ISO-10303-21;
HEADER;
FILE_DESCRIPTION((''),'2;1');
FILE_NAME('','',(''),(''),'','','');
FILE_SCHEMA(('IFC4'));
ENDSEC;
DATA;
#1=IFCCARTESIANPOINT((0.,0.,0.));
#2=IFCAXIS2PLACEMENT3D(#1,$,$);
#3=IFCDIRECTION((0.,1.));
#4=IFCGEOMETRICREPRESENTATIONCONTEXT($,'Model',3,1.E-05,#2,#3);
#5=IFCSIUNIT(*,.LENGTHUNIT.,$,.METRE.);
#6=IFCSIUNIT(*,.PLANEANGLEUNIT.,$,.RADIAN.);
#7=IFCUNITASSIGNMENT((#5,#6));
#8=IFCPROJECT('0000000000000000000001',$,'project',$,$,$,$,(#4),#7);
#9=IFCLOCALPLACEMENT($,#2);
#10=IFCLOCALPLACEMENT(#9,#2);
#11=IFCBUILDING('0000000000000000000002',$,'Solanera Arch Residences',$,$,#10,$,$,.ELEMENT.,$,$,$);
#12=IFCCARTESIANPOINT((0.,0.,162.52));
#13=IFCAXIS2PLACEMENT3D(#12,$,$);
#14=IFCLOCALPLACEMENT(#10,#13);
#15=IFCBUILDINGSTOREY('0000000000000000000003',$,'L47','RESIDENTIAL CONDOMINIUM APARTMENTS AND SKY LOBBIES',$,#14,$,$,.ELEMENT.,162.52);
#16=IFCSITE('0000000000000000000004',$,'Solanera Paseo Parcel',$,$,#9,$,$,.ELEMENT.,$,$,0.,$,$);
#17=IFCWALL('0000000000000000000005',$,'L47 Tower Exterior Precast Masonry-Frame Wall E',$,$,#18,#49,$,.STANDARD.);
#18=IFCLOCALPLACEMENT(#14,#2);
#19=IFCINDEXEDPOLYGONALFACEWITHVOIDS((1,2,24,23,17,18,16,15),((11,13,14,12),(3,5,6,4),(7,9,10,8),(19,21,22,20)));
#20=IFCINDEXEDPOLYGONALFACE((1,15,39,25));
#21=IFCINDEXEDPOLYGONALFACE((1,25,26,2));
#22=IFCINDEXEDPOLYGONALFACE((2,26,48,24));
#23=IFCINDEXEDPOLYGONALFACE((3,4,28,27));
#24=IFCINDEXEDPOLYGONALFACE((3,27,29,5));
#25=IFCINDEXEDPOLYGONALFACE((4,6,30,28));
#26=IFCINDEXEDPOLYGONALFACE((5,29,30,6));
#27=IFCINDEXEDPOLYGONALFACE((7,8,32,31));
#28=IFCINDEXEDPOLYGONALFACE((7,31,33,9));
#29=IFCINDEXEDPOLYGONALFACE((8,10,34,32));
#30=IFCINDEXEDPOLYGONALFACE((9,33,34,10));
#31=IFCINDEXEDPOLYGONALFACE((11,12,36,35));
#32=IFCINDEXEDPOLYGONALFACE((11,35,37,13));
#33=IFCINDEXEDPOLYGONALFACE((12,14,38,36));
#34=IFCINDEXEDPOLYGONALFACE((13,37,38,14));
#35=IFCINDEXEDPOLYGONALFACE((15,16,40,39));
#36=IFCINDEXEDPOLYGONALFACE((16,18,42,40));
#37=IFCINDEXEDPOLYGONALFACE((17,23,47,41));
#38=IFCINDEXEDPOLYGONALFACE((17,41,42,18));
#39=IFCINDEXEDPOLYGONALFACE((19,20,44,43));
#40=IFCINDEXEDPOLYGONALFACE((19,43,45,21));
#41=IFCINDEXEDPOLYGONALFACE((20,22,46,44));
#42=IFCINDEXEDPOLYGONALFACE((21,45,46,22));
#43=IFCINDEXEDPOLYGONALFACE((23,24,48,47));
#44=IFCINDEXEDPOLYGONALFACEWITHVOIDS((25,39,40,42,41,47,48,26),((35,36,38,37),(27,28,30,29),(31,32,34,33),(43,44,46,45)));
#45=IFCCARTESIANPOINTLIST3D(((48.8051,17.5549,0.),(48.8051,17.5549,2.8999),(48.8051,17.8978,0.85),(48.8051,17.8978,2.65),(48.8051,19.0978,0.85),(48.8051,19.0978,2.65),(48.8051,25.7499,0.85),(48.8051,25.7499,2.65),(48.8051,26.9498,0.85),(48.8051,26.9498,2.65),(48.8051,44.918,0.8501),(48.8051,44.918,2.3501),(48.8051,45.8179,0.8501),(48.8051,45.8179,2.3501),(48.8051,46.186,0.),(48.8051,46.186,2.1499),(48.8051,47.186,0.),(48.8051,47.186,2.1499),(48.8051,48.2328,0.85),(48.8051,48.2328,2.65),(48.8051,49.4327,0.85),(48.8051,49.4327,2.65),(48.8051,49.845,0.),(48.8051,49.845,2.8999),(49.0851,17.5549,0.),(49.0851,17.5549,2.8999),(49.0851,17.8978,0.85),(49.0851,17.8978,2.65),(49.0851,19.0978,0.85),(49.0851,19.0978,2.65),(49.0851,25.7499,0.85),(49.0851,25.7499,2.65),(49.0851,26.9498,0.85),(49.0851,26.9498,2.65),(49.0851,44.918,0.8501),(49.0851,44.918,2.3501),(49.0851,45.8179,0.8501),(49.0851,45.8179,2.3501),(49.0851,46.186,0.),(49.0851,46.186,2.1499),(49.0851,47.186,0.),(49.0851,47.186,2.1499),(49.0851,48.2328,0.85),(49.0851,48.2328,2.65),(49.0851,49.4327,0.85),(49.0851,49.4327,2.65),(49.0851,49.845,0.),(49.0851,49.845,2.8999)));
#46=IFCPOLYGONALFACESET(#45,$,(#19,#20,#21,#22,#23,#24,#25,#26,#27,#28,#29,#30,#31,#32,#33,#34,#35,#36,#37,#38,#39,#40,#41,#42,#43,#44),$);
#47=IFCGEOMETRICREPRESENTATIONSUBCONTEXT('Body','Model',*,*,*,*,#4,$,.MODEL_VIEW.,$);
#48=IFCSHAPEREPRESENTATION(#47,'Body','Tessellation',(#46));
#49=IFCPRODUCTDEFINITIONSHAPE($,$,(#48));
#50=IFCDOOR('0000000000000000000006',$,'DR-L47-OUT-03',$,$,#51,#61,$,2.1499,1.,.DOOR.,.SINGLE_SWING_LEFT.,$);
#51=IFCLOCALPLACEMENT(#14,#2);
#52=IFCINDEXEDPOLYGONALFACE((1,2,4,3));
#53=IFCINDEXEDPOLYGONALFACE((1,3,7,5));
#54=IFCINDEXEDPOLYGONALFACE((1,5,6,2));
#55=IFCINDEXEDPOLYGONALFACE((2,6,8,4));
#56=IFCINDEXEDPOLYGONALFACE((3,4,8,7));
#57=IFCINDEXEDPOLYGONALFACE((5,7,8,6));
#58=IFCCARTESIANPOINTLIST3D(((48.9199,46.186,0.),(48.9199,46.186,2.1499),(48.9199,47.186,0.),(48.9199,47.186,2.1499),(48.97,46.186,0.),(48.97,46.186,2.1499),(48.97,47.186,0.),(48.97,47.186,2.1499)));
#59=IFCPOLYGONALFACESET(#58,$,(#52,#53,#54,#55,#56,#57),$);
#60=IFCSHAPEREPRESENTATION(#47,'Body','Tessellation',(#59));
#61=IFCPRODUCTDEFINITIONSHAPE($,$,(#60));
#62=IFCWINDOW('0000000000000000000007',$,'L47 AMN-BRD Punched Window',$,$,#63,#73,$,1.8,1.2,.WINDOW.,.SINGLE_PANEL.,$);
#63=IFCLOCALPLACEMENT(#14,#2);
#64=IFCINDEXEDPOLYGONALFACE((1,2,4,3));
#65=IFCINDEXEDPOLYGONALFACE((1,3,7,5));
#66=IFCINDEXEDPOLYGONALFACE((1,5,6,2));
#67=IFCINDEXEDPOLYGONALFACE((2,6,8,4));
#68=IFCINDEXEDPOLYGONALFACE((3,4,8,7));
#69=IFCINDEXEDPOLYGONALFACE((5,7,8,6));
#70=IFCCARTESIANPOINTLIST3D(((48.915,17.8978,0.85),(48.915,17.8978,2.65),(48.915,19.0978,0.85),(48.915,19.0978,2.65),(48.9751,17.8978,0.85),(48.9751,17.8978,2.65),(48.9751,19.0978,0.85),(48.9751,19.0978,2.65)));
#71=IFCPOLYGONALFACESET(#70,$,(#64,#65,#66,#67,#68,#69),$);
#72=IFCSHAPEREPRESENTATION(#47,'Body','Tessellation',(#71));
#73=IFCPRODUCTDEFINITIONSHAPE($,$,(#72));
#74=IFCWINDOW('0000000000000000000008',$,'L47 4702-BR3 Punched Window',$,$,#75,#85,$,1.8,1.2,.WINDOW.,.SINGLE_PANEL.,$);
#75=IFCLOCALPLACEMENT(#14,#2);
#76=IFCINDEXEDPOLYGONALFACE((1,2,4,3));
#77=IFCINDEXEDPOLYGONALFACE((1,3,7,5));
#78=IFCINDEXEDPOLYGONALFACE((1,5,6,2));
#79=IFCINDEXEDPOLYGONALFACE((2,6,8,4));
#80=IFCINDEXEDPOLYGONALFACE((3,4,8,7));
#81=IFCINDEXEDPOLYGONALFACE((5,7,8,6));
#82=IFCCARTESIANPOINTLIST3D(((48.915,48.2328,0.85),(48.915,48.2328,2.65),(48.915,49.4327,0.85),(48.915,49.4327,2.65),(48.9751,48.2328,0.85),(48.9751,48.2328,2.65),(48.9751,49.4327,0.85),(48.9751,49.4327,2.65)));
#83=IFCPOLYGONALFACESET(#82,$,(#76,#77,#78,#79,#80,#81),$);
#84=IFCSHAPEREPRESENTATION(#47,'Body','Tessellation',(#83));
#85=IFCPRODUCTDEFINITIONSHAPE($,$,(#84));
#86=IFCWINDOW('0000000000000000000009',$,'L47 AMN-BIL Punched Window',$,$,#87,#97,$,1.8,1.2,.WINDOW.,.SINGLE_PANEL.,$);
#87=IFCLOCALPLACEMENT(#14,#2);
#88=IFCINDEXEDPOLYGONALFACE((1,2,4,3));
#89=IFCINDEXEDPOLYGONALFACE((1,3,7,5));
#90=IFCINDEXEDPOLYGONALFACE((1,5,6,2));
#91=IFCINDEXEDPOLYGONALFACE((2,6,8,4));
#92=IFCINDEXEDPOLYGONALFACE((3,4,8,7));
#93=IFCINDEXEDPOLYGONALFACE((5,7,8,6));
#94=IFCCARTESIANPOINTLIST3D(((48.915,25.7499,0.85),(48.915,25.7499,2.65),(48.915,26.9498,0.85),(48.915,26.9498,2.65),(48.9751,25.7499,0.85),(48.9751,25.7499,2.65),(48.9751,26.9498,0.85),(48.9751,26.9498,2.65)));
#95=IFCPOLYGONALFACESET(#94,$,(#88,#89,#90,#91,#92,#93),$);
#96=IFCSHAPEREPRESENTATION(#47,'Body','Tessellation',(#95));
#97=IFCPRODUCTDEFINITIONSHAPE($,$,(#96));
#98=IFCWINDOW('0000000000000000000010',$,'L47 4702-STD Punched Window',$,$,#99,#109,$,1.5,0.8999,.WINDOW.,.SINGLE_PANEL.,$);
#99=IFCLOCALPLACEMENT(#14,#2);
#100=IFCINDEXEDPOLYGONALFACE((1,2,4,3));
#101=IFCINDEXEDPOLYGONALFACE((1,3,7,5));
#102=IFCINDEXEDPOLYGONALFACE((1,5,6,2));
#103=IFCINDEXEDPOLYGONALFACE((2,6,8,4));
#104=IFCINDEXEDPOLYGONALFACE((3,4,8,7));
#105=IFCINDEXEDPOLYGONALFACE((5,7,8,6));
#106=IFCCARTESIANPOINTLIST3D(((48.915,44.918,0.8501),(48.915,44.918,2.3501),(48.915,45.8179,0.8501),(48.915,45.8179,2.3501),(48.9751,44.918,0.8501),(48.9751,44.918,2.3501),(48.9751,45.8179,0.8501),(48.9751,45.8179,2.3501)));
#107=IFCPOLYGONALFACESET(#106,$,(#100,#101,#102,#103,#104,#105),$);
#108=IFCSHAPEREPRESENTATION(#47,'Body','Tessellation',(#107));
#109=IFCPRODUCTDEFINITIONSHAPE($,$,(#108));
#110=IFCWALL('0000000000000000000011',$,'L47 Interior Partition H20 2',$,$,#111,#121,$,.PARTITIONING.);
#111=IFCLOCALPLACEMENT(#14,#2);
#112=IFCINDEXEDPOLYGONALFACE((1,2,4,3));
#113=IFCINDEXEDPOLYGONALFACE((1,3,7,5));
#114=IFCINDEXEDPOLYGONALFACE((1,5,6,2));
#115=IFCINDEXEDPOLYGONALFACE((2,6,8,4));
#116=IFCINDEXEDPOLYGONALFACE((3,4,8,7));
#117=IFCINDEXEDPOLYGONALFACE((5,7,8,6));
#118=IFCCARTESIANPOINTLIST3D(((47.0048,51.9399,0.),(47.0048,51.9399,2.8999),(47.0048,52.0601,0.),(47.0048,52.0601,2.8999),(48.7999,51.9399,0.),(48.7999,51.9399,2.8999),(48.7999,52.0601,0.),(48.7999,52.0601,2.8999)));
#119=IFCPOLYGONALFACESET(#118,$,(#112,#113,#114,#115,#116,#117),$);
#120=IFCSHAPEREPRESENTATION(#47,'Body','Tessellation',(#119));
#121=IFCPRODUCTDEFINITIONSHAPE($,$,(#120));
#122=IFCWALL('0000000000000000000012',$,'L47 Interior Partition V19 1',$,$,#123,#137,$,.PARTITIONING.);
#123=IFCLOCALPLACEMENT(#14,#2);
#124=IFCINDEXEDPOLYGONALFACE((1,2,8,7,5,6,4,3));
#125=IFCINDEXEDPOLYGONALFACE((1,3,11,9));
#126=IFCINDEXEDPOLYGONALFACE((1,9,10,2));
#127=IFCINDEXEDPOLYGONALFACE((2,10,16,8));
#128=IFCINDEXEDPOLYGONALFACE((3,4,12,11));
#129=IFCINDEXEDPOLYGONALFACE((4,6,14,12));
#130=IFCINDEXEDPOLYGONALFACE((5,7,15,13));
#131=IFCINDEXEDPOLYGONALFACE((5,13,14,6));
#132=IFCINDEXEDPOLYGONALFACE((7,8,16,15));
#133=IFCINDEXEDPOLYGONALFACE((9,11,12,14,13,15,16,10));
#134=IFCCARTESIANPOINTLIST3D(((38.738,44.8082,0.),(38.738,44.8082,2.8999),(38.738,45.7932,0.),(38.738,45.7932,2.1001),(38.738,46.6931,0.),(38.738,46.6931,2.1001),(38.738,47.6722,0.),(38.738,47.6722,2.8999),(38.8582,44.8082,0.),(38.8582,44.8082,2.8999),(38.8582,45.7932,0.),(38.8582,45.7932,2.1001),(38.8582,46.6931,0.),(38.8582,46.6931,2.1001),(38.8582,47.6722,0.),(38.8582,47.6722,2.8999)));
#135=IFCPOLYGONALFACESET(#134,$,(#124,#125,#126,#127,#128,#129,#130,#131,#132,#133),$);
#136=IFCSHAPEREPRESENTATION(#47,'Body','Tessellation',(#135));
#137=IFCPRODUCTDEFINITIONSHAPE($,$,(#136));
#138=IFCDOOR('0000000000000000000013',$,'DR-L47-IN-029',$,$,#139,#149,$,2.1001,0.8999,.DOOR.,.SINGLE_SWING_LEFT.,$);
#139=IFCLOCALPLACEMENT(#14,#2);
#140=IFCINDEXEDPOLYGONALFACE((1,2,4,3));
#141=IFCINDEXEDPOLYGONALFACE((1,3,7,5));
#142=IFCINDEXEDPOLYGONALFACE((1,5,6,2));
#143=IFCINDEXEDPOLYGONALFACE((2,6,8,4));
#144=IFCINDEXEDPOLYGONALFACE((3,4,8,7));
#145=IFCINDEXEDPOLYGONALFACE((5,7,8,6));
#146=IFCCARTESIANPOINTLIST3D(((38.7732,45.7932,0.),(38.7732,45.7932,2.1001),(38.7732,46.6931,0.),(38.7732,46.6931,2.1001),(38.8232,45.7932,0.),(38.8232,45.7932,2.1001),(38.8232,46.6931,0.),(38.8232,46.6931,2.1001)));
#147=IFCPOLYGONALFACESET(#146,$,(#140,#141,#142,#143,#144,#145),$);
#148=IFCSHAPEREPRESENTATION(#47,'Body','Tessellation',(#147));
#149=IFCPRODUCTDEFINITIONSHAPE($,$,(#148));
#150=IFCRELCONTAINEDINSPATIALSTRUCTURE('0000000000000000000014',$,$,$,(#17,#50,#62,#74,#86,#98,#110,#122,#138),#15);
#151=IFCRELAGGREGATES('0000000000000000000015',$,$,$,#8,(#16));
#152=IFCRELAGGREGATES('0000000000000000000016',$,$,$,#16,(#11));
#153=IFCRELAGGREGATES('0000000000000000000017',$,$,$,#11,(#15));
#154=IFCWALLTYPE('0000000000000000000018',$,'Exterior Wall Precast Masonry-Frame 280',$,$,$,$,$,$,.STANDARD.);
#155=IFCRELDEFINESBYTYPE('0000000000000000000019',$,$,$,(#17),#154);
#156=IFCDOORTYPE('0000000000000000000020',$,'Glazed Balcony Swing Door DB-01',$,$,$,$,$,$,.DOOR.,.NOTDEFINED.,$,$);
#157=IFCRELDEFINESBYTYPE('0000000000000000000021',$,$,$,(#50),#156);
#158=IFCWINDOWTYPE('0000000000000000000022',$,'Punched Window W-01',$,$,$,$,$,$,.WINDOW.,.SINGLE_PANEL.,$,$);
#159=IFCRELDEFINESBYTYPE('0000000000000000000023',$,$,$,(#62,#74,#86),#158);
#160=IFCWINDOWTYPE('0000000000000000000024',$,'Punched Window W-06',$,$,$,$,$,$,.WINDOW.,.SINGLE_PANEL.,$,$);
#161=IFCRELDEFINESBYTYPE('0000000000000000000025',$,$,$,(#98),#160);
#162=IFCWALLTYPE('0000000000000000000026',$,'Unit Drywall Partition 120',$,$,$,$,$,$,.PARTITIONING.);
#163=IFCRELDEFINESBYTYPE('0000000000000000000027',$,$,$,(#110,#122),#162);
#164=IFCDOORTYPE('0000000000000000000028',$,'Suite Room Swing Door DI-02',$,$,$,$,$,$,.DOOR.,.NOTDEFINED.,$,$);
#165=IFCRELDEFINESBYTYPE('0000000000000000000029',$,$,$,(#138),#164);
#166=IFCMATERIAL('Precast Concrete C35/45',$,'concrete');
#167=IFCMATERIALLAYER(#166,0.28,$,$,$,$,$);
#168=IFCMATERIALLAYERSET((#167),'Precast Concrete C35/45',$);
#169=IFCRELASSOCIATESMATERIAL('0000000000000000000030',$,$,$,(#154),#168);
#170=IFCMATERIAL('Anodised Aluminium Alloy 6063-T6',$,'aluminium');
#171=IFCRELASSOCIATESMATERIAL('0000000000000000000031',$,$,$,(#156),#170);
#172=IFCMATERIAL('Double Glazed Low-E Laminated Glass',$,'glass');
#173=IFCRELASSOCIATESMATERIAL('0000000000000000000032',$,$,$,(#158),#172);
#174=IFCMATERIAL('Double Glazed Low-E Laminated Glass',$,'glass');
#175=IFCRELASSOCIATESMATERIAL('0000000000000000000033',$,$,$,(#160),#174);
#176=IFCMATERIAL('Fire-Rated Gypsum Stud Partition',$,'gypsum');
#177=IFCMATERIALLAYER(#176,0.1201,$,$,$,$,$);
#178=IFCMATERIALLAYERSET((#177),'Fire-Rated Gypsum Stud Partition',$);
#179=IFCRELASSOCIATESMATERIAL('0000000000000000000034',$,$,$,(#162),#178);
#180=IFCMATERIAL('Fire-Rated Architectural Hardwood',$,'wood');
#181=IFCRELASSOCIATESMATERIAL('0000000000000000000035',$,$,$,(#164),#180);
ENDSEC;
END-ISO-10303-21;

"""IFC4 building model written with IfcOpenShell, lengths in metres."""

from ifc_helpers import new_model, si_unit, direction, frame, frame_2d, origin, place, context, subcontext, project, spatial, rectangle, extrude, material, layer, layer_set, type_object, element, fill, save


model = new_model("IFC4")

# Units and contexts
model_context = context("Model", 3, precision=1e-05, world=origin(), true_north=direction((0.0, 1.0)))
body_context = subcontext(model_context, "Body", "Model", "MODEL_VIEW")
ifc_project = project(units=[si_unit("LENGTHUNIT", "METRE"), si_unit("PLANEANGLEUNIT", "RADIAN")], contexts=[model_context])

# Site, building, storey
site_placement = place(None, origin())
site = spatial("IfcSite", under=ifc_project, at=site_placement, Name="Solanera Paseo Parcel", CompositionType="ELEMENT", RefElevation=0.0)
building_placement = place(site_placement, origin())
building = spatial("IfcBuilding", under=site, at=building_placement, Name="Solanera Arch Residences", CompositionType="ELEMENT")
storey_placement = place(building_placement, frame((0.0, 0.0, 162.52)))
storey = spatial("IfcBuildingStorey", under=building, at=storey_placement, Name="L47", Description="RESIDENTIAL CONDOMINIUM APARTMENTS AND SKY LOBBIES", CompositionType="ELEMENT", Elevation=162.52)

# Shared definitions
ifc_material_1 = material(Name="Precast Concrete C35/45", Category="concrete")
ifc_layer_1 = layer(ifc_material_1, 0.28)
ifc_layer_set_1 = layer_set([ifc_layer_1], Name="Precast Concrete C35/45")
wall_type_1 = type_object("IfcWallType", Name="Exterior Wall Precast Masonry-Frame 280", PredefinedType="STANDARD", material=ifc_layer_set_1)

# Wall, openings, door, windows
wall_1_placement = place(storey_placement, frame((48.9451, 49.845, 0.0), z_axis=(0.0, 0.0, 1.0), x_axis=(0.0, -1.0, 0.0)))
wall_1 = element("IfcWall", 1, at=wall_1_placement, inside=storey, type_object=wall_type_1, Name="L47 Tower Exterior Precast Masonry-Frame Wall E", PredefinedType="STANDARD", context=body_context, shape_type="SweptSolid", body=[
    extrude(rectangle(XDim=32.29, YDim=0.28, at=frame_2d((16.145, 0.0))), origin(), (0.0, 0.0, 1.0), 2.8999),
])
opening_1_placement = place(wall_1_placement, frame((2.6589, 0.0, 0.0)))
opening_1 = element("IfcOpeningElement", 2, at=opening_1_placement, cuts=wall_1, PredefinedType="OPENING", context=body_context, shape_type="SweptSolid", body=[
    extrude(rectangle(XDim=1.0, YDim=2.1499, at=frame_2d((0.5, 1.075))), frame((0.0, 0.1499, 0.0), z_axis=(0.0, -1.0, 0.0), x_axis=(1.0, 0.0, 0.0)), (0.0, 0.0, 1.0), 0.3),
])
opening_2_placement = place(wall_1_placement, frame((30.7471, 0.0, 0.8501)))
opening_2 = element("IfcOpeningElement", 3, at=opening_2_placement, cuts=wall_1, PredefinedType="OPENING", context=body_context, shape_type="SweptSolid", body=[
    extrude(rectangle(XDim=1.2, YDim=1.8, at=frame_2d((0.6001, 0.8999))), frame((0.0, 0.1499, 0.0), z_axis=(0.0, -1.0, 0.0), x_axis=(1.0, 0.0, 0.0)), (0.0, 0.0, 1.0), 0.3),
])
opening_3_placement = place(wall_1_placement, frame((4.0271, 0.0, 0.8501)))
opening_3 = element("IfcOpeningElement", 4, at=opening_3_placement, cuts=wall_1, PredefinedType="OPENING", context=body_context, shape_type="SweptSolid", body=[
    extrude(rectangle(XDim=0.8999, YDim=1.5, at=frame_2d((0.45, 0.75))), frame((0.0, 0.1499, 0.0), z_axis=(0.0, -1.0, 0.0), x_axis=(1.0, 0.0, 0.0)), (0.0, 0.0, 1.0), 0.3),
])
opening_4_placement = place(wall_1_placement, frame((0.4121, 0.0, 0.8501)))
opening_4 = element("IfcOpeningElement", 5, at=opening_4_placement, cuts=wall_1, PredefinedType="OPENING", context=body_context, shape_type="SweptSolid", body=[
    extrude(rectangle(XDim=1.2, YDim=1.8, at=frame_2d((0.6001, 0.8999))), frame((0.0, 0.1499, 0.0), z_axis=(0.0, -1.0, 0.0), x_axis=(1.0, 0.0, 0.0)), (0.0, 0.0, 1.0), 0.3),
])
opening_5_placement = place(wall_1_placement, frame((22.895, 0.0, 0.8501)))
opening_5 = element("IfcOpeningElement", 6, at=opening_5_placement, cuts=wall_1, PredefinedType="OPENING", context=body_context, shape_type="SweptSolid", body=[
    extrude(rectangle(XDim=1.2, YDim=1.8, at=frame_2d((0.6001, 0.8999))), frame((0.0, 0.1499, 0.0), z_axis=(0.0, -1.0, 0.0), x_axis=(1.0, 0.0, 0.0)), (0.0, 0.0, 1.0), 0.3),
])
ifc_material_2 = material(Name="Anodised Aluminium Alloy 6063-T6", Category="aluminium")
door_type_1 = type_object("IfcDoorType", Name="Glazed Balcony Swing Door DB-01", OperationType="NOTDEFINED", PredefinedType="DOOR", material=ifc_material_2)
door_1_placement = place(opening_1_placement, origin())
door_1 = element("IfcDoor", 7, at=door_1_placement, inside=storey, type_object=door_type_1, Name="DR-L47-OUT-03", OperationType="SINGLE_SWING_LEFT", OverallHeight=2.1499, OverallWidth=1.0, PredefinedType="DOOR", context=body_context, shape_type="SweptSolid", body=[
    extrude(rectangle(XDim=1.0, YDim=2.1499, at=frame_2d((0.5, 1.075))), frame((0.0, 0.0249, 0.0), z_axis=(0.0, -1.0, 0.0), x_axis=(1.0, 0.0, 0.0)), (0.0, 0.0, 1.0), 0.05),
])
fill(opening_1, door_1)
ifc_material_3 = material(Name="Double Glazed Low-E Laminated Glass", Category="glass")
window_type_1 = type_object("IfcWindowType", Name="Punched Window W-01", PartitioningType="SINGLE_PANEL", PredefinedType="WINDOW", material=ifc_material_3)
window_1_placement = place(opening_2_placement, origin())
window_1 = element("IfcWindow", 8, at=window_1_placement, inside=storey, type_object=window_type_1, Name="L47 AMN-BRD Punched Window", OverallHeight=1.8, OverallWidth=1.2, PartitioningType="SINGLE_PANEL", PredefinedType="WINDOW", context=body_context, shape_type="SweptSolid", body=[
    extrude(rectangle(XDim=1.2, YDim=1.8, at=frame_2d((0.6001, 0.8999))), frame((0.0, 0.03, 0.0), z_axis=(0.0, -1.0, 0.0), x_axis=(1.0, 0.0, 0.0)), (0.0, 0.0, 1.0), 0.0601),
])
fill(opening_2, window_1)
window_2_placement = place(opening_4_placement, origin())
window_2 = element("IfcWindow", 9, at=window_2_placement, inside=storey, type_object=window_type_1, Name="L47 4702-BR3 Punched Window", OverallHeight=1.8, OverallWidth=1.2, PartitioningType="SINGLE_PANEL", PredefinedType="WINDOW", context=body_context, shape_type="SweptSolid", body=[
    extrude(rectangle(XDim=1.2, YDim=1.8, at=frame_2d((0.6001, 0.8999))), frame((0.0, 0.03, 0.0), z_axis=(0.0, -1.0, 0.0), x_axis=(1.0, 0.0, 0.0)), (0.0, 0.0, 1.0), 0.0601),
])
fill(opening_4, window_2)
window_3_placement = place(opening_5_placement, origin())
window_3 = element("IfcWindow", 10, at=window_3_placement, inside=storey, type_object=window_type_1, Name="L47 AMN-BIL Punched Window", OverallHeight=1.8, OverallWidth=1.2, PartitioningType="SINGLE_PANEL", PredefinedType="WINDOW", context=body_context, shape_type="SweptSolid", body=[
    extrude(rectangle(XDim=1.2, YDim=1.8, at=frame_2d((0.6001, 0.8999))), frame((0.0, 0.03, 0.0), z_axis=(0.0, -1.0, 0.0), x_axis=(1.0, 0.0, 0.0)), (0.0, 0.0, 1.0), 0.0601),
])
fill(opening_5, window_3)
ifc_material_4 = material(Name="Double Glazed Low-E Laminated Glass", Category="glass")
window_type_2 = type_object("IfcWindowType", Name="Punched Window W-06", PartitioningType="SINGLE_PANEL", PredefinedType="WINDOW", material=ifc_material_4)
window_4_placement = place(opening_3_placement, origin())
window_4 = element("IfcWindow", 11, at=window_4_placement, inside=storey, type_object=window_type_2, Name="L47 4702-STD Punched Window", OverallHeight=1.5, OverallWidth=0.8999, PartitioningType="SINGLE_PANEL", PredefinedType="WINDOW", context=body_context, shape_type="SweptSolid", body=[
    extrude(rectangle(XDim=0.8999, YDim=1.5, at=frame_2d((0.45, 0.75))), frame((0.0, 0.03, 0.0), z_axis=(0.0, -1.0, 0.0), x_axis=(1.0, 0.0, 0.0)), (0.0, 0.0, 1.0), 0.0601),
])
fill(opening_3, window_4)

# Wall
ifc_material_5 = material(Name="Fire-Rated Gypsum Stud Partition", Category="gypsum")
ifc_layer_2 = layer(ifc_material_5, 0.1201)
ifc_layer_set_2 = layer_set([ifc_layer_2], Name="Fire-Rated Gypsum Stud Partition")
wall_type_2 = type_object("IfcWallType", Name="Unit Drywall Partition 120", PredefinedType="PARTITIONING", material=ifc_layer_set_2)
wall_2_placement = place(storey_placement, frame((47.0049, 52.0, 0.0), z_axis=(0.0, 0.0, 1.0), x_axis=(1.0, 0.0, 0.0)))
element("IfcWall", 12, at=wall_2_placement, inside=storey, type_object=wall_type_2, Name="L47 Interior Partition H20 2", PredefinedType="PARTITIONING", context=body_context, shape_type="SweptSolid", body=[
    extrude(rectangle(XDim=1.7952, YDim=0.1201, at=frame_2d((0.8975, 0.0))), origin(), (0.0, 0.0, 1.0), 2.8999),
])

# Wall, opening, door
wall_3_placement = place(storey_placement, frame((38.7981, 44.8081, 0.0), z_axis=(0.0, 0.0, 1.0), x_axis=(0.0, 1.0, 0.0)))
wall_3 = element("IfcWall", 13, at=wall_3_placement, inside=storey, type_object=wall_type_2, Name="L47 Interior Partition V19 1", PredefinedType="PARTITIONING", context=body_context, shape_type="SweptSolid", body=[
    extrude(rectangle(XDim=2.864, YDim=0.1201, at=frame_2d((1.4321, 0.0))), origin(), (0.0, 0.0, 1.0), 2.8999),
])
opening_6_placement = place(wall_3_placement, frame((0.9851, 0.0, 0.0)))
opening_6 = element("IfcOpeningElement", 14, at=opening_6_placement, cuts=wall_3, PredefinedType="OPENING", context=body_context, shape_type="SweptSolid", body=[
    extrude(rectangle(XDim=0.8999, YDim=2.1001, at=frame_2d((0.45, 1.05))), frame((0.0, 0.0701, 0.0), z_axis=(0.0, -1.0, 0.0), x_axis=(1.0, 0.0, 0.0)), (0.0, 0.0, 1.0), 0.1401),
])
ifc_material_6 = material(Name="Fire-Rated Architectural Hardwood", Category="wood")
door_type_2 = type_object("IfcDoorType", Name="Suite Room Swing Door DI-02", OperationType="NOTDEFINED", PredefinedType="DOOR", material=ifc_material_6)
door_2_placement = place(opening_6_placement, origin())
door_2 = element("IfcDoor", 15, at=door_2_placement, inside=storey, type_object=door_type_2, Name="DR-L47-IN-029", OperationType="SINGLE_SWING_LEFT", OverallHeight=2.1001, OverallWidth=0.8999, PredefinedType="DOOR", context=body_context, shape_type="SweptSolid", body=[
    extrude(rectangle(XDim=0.8999, YDim=2.1001, at=frame_2d((0.45, 1.05))), frame((0.0, 0.0249, 0.0), z_axis=(0.0, -1.0, 0.0), x_axis=(1.0, 0.0, 0.0)), (0.0, 0.0, 1.0), 0.05),
])
fill(opening_6, door_2)

save(model, "model.ifc")
